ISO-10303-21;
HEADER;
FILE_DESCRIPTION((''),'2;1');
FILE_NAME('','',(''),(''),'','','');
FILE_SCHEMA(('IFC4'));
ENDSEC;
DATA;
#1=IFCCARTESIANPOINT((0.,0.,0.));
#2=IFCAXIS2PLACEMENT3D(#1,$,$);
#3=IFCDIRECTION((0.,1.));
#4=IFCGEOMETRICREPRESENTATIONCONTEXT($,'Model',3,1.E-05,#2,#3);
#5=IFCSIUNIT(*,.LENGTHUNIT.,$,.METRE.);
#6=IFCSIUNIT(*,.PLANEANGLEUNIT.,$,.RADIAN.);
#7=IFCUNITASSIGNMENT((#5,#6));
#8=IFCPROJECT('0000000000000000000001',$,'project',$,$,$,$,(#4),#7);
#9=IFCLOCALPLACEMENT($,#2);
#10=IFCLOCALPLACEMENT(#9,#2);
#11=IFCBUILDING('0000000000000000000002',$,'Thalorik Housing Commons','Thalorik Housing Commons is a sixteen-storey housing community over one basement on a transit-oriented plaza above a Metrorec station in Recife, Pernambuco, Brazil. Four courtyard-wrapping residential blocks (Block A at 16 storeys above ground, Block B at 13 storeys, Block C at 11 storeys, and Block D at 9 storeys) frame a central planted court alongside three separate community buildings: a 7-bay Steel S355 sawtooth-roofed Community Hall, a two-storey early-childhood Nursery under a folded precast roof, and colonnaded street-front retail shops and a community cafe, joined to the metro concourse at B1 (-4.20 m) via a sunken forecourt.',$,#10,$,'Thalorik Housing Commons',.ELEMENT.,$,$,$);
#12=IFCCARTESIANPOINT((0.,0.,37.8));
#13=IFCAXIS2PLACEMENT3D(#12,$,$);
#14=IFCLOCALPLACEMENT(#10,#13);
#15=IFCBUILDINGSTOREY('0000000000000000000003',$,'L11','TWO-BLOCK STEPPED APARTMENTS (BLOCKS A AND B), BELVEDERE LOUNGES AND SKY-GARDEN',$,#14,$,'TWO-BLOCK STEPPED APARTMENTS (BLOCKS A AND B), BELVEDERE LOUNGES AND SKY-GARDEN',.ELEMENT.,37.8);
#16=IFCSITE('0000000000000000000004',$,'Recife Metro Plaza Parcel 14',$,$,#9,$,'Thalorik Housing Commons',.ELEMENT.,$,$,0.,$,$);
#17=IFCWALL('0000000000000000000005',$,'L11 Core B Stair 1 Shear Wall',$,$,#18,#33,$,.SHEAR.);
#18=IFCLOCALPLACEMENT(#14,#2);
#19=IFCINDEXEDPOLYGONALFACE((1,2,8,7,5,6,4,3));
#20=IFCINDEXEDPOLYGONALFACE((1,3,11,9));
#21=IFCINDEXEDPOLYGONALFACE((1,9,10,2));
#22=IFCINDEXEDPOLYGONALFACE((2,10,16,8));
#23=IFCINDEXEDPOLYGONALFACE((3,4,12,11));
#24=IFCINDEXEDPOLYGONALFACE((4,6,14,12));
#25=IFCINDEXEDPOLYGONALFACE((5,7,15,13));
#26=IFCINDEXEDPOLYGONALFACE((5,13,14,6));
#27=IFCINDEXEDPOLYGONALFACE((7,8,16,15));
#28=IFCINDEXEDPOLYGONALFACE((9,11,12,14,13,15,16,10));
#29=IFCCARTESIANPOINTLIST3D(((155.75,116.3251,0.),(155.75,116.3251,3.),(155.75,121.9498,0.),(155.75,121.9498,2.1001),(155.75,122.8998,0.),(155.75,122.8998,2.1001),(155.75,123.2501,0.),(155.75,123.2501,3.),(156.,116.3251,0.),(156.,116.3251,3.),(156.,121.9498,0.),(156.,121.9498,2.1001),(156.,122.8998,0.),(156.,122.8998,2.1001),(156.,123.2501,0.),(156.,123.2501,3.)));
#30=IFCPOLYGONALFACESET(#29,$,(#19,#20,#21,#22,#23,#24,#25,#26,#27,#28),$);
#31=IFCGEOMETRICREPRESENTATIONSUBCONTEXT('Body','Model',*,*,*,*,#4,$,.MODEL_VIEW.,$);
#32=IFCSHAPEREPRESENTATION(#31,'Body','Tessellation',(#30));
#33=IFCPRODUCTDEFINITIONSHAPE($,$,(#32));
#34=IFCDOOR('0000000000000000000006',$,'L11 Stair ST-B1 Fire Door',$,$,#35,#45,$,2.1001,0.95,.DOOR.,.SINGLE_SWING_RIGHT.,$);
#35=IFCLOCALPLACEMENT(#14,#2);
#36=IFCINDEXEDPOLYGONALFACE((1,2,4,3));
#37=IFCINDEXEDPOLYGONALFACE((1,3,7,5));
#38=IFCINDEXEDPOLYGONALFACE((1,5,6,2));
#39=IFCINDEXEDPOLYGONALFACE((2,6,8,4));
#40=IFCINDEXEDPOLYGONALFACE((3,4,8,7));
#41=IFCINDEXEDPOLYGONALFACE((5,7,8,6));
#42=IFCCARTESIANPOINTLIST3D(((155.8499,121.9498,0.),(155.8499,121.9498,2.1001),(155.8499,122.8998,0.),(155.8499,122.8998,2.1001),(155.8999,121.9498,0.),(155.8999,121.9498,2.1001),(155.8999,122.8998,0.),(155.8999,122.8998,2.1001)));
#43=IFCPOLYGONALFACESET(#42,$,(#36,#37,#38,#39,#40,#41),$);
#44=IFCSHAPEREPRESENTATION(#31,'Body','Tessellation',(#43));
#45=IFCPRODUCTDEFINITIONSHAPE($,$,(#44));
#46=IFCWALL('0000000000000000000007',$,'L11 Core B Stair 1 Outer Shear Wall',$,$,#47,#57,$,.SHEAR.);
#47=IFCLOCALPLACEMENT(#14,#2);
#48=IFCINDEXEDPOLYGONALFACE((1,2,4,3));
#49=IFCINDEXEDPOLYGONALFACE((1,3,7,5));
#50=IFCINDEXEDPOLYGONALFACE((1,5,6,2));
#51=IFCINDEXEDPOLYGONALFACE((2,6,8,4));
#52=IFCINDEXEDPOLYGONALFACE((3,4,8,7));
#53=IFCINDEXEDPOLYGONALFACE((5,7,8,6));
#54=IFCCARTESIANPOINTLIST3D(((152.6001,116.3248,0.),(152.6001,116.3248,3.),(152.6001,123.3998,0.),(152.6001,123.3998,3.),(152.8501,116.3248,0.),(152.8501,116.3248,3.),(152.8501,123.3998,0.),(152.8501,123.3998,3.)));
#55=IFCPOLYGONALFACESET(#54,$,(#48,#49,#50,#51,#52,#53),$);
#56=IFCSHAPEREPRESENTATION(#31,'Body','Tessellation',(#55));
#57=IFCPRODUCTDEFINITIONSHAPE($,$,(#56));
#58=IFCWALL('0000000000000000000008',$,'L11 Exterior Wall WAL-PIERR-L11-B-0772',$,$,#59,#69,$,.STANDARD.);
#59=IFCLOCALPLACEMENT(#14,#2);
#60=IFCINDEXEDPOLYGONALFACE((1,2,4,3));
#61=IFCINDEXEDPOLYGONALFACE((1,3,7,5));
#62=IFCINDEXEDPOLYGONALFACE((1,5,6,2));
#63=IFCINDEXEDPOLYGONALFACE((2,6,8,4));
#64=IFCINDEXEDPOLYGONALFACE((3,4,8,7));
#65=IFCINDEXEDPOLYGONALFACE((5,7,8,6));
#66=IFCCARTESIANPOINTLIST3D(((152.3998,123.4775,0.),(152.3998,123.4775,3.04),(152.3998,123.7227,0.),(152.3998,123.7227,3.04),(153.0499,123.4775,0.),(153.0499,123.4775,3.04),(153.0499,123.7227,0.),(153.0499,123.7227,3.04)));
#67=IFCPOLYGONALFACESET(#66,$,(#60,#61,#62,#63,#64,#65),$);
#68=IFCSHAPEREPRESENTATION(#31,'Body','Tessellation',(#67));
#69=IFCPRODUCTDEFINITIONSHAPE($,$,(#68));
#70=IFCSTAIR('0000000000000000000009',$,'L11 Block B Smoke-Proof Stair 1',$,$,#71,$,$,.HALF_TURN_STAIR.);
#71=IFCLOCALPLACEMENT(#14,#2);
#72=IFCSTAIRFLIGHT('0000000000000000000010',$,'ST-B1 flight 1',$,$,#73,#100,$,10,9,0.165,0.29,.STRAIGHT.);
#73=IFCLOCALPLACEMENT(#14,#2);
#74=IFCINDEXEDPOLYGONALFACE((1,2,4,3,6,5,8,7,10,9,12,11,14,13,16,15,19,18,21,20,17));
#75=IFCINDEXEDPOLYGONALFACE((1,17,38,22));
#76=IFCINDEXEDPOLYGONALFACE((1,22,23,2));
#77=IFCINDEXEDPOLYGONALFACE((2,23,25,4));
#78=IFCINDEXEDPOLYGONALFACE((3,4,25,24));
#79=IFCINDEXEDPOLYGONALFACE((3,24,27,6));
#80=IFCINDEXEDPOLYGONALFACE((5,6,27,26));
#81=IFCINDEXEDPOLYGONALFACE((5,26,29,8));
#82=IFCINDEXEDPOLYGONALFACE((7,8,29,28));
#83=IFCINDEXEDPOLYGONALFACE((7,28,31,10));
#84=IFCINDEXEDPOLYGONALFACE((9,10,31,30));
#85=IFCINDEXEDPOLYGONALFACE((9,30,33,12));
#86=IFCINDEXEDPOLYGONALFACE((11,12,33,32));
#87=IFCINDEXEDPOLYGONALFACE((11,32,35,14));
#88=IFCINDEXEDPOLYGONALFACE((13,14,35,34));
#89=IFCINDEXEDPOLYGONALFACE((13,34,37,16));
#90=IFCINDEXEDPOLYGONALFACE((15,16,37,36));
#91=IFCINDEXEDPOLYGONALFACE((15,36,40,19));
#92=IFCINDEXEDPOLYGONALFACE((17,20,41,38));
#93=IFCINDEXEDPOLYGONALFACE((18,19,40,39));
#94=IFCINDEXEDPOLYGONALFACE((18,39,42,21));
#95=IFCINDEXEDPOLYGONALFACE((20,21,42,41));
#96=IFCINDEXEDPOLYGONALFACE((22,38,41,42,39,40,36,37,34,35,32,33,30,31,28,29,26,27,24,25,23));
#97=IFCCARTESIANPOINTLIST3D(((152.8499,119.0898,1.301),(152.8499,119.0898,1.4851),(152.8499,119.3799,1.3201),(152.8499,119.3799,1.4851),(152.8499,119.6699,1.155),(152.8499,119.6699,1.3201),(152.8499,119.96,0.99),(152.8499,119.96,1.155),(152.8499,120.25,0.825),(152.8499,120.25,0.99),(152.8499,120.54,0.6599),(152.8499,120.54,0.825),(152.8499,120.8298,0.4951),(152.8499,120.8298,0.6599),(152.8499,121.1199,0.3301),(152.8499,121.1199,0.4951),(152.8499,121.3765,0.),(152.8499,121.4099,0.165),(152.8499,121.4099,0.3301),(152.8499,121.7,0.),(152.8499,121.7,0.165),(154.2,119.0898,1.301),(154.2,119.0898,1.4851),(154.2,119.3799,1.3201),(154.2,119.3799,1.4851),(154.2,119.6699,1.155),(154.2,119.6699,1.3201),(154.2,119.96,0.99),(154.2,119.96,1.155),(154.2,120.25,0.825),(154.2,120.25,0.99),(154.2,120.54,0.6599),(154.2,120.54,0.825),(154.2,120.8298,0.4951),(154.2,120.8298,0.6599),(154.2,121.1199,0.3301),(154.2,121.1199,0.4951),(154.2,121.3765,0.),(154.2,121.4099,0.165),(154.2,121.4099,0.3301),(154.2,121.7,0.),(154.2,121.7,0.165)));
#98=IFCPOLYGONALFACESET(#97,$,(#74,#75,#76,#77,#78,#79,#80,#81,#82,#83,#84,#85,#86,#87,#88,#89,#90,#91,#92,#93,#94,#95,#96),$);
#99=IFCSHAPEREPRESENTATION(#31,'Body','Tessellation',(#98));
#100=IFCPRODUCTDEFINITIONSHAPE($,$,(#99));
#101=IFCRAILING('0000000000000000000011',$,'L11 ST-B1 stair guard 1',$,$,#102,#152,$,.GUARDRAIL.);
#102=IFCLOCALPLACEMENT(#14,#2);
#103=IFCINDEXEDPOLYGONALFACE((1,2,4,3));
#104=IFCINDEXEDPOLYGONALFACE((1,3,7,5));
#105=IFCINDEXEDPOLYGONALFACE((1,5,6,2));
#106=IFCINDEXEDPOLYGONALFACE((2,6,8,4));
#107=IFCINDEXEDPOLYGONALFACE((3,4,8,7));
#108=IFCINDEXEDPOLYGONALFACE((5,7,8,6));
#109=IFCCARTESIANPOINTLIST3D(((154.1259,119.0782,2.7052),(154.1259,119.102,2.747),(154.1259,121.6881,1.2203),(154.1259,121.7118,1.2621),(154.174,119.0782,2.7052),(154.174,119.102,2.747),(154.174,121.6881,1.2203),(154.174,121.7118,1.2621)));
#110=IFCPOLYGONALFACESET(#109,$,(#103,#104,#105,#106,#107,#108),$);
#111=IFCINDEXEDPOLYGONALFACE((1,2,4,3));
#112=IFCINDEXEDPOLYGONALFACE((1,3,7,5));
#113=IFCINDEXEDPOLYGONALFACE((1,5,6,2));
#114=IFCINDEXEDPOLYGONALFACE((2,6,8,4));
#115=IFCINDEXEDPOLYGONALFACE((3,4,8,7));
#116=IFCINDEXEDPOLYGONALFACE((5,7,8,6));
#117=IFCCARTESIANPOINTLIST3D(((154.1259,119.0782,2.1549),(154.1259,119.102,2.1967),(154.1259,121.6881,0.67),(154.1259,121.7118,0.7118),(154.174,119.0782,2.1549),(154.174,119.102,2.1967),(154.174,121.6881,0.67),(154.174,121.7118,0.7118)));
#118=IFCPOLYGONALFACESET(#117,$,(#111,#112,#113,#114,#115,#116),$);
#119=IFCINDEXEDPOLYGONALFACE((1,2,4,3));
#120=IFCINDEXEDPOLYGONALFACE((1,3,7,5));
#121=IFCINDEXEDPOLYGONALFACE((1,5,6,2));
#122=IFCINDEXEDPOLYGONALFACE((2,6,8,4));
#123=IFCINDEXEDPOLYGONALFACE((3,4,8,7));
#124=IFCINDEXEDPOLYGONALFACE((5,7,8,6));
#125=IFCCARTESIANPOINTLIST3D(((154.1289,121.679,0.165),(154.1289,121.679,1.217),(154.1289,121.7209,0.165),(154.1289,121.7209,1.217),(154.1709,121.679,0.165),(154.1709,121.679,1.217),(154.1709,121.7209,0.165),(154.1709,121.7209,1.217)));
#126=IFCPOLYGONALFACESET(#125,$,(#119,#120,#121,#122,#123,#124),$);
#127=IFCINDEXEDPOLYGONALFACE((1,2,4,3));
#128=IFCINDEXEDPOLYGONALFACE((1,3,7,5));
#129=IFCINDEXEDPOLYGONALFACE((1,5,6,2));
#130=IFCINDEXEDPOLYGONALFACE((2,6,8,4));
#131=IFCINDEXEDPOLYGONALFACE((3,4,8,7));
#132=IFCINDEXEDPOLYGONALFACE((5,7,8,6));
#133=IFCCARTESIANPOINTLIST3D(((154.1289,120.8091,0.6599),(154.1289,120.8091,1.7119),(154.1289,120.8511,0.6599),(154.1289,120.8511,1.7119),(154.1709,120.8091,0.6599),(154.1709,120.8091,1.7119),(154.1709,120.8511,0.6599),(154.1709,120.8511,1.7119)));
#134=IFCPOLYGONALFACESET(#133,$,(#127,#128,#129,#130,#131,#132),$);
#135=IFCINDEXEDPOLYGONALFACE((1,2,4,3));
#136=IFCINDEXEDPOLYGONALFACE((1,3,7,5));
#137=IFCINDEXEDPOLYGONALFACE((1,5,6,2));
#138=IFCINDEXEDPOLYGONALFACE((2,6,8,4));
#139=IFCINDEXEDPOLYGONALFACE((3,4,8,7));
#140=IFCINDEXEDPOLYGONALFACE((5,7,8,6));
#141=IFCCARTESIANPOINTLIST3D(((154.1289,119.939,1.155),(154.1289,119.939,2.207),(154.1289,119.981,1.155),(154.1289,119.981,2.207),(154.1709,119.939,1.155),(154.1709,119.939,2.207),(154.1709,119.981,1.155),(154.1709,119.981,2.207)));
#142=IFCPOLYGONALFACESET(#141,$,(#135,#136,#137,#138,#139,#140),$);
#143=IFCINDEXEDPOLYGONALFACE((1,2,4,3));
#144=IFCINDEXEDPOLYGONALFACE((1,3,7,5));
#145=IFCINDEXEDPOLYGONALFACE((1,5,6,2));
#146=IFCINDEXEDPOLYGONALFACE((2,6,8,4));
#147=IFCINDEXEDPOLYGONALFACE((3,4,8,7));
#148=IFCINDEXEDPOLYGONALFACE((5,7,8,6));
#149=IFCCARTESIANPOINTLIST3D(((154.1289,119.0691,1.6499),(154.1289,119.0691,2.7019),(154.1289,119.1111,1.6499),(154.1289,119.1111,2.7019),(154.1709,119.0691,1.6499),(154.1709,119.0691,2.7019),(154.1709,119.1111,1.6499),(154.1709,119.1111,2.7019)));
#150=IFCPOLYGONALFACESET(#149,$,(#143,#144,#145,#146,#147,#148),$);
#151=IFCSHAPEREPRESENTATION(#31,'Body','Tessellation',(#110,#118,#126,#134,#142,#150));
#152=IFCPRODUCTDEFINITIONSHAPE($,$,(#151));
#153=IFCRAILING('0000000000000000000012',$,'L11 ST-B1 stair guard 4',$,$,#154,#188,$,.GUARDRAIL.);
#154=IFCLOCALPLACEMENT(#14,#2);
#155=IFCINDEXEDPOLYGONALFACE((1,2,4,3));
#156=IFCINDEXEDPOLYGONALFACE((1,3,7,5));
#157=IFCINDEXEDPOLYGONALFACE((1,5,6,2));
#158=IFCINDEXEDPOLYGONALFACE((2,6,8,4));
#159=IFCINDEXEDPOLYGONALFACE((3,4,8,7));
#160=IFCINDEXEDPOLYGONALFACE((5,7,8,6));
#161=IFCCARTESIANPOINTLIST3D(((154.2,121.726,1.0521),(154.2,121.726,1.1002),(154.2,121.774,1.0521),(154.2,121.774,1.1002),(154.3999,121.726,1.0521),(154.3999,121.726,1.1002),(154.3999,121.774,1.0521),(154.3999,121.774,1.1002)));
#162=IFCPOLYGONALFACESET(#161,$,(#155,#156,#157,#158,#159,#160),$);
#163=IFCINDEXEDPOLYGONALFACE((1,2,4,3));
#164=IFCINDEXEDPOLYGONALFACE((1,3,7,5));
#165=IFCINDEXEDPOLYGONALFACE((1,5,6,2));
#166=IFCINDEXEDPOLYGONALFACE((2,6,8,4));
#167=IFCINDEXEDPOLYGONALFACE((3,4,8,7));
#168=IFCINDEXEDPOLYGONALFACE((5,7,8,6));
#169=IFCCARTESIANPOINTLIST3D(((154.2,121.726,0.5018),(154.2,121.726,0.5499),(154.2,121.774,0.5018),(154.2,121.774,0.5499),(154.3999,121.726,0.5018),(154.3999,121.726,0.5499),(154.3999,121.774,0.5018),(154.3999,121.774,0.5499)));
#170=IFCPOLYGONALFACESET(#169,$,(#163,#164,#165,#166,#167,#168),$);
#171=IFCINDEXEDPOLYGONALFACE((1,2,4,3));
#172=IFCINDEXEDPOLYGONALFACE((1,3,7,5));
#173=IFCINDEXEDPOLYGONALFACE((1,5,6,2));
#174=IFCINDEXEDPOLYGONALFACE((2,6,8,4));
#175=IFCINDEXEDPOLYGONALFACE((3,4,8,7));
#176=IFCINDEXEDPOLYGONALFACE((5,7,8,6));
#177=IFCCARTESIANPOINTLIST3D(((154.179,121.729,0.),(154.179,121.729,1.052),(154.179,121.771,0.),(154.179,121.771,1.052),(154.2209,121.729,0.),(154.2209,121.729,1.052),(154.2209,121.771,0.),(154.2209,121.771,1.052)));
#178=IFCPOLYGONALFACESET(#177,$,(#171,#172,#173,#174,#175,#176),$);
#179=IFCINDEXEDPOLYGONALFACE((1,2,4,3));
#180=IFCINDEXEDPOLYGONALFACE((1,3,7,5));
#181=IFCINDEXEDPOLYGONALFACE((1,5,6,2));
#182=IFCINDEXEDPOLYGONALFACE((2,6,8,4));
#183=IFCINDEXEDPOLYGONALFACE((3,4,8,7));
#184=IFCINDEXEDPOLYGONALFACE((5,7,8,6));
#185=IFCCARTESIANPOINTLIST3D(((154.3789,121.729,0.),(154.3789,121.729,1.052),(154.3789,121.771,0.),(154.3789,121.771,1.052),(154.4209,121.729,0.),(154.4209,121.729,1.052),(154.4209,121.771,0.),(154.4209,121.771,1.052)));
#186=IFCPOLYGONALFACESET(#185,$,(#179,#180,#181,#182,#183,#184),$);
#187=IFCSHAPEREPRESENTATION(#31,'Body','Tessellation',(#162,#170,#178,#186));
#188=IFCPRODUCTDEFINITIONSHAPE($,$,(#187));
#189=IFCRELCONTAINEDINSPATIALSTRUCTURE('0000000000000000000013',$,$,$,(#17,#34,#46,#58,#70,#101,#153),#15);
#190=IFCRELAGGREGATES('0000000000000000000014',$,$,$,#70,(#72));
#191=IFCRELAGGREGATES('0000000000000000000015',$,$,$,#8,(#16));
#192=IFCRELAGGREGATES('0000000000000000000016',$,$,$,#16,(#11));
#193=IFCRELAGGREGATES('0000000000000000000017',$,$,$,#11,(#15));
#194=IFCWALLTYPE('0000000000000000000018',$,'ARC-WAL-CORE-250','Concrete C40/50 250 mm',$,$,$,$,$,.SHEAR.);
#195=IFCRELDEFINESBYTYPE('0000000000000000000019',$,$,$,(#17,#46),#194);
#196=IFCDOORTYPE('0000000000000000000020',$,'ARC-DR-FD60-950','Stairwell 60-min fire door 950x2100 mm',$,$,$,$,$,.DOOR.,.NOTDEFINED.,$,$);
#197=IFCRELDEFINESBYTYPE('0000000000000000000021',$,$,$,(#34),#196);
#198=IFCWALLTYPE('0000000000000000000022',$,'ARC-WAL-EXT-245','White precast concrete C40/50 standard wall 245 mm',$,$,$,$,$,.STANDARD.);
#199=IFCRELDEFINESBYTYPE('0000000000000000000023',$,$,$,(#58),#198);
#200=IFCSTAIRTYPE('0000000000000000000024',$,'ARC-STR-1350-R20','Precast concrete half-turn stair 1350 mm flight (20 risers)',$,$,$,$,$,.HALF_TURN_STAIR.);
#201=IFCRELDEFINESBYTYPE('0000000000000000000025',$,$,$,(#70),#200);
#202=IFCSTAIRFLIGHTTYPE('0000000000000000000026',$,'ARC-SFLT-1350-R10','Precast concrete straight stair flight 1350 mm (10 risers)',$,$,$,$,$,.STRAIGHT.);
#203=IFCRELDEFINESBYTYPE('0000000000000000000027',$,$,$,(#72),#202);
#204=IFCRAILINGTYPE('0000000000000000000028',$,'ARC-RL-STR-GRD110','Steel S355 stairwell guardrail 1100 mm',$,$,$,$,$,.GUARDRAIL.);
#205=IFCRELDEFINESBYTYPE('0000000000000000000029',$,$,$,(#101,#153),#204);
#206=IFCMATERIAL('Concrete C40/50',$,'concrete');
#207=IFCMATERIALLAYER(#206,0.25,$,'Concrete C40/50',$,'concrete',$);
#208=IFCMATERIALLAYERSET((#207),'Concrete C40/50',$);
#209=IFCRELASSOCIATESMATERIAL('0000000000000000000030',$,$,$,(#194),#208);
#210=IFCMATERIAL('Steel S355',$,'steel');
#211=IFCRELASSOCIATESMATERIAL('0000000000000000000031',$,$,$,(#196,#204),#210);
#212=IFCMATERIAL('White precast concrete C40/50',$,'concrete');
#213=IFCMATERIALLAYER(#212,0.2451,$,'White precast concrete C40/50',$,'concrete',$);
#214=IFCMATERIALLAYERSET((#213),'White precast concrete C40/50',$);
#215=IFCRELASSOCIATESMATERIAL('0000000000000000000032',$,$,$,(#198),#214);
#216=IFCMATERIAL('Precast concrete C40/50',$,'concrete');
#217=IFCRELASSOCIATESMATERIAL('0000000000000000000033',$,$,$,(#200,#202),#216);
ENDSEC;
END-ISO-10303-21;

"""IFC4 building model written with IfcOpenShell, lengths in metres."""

from ifc_helpers import new_model, si_unit, direction, frame, frame_2d, origin, origin_2d, place, context, subcontext, project, spatial, polyline, rectangle, outline, extrude, material, layer, layer_set, type_object, element, fill, aggregate, save


model = new_model("IFC4")

# Units and contexts
model_context = context("Model", 3, precision=1e-05, world=origin(), true_north=direction((0.0, 1.0)))
body_context = subcontext(model_context, "Body", "Model", "MODEL_VIEW")
ifc_project = project(units=[si_unit("LENGTHUNIT", "METRE"), si_unit("PLANEANGLEUNIT", "RADIAN")], contexts=[model_context])

# Site, building, storey
site_placement = place(None, origin())
site = spatial("IfcSite", under=ifc_project, at=site_placement, Name="Recife Metro Plaza Parcel 14", LongName="Thalorik Housing Commons", CompositionType="ELEMENT", RefElevation=0.0)
building_placement = place(site_placement, origin())
building = spatial("IfcBuilding", under=site, at=building_placement, Name="Thalorik Housing Commons", Description="Thalorik Housing Commons is a sixteen-storey housing community over one basement on a transit-oriented plaza above a Metrorec station in Recife, Pernambuco, Brazil. Four courtyard-wrapping residential blocks (Block A at 16 storeys above ground, Block B at 13 storeys, Block C at 11 storeys, and Block D at 9 storeys) frame a central planted court alongside three separate community buildings: a 7-bay Steel S355 sawtooth-roofed Community Hall, a two-storey early-childhood Nursery under a folded precast roof, and colonnaded street-front retail shops and a community cafe, joined to the metro concourse at B1 (-4.20 m) via a sunken forecourt.", LongName="Thalorik Housing Commons", CompositionType="ELEMENT")
storey_placement = place(building_placement, frame((0.0, 0.0, 37.8)))
storey = spatial("IfcBuildingStorey", under=building, at=storey_placement, Name="L11", Description="TWO-BLOCK STEPPED APARTMENTS (BLOCKS A AND B), BELVEDERE LOUNGES AND SKY-GARDEN", LongName="TWO-BLOCK STEPPED APARTMENTS (BLOCKS A AND B), BELVEDERE LOUNGES AND SKY-GARDEN", CompositionType="ELEMENT", Elevation=37.8)

# Shared definitions
ifc_material_1 = material(Name="Precast concrete C40/50", Category="concrete")

# Wall, opening, door
ifc_material_2 = material(Name="Concrete C40/50", Category="concrete")
ifc_layer_1 = layer(ifc_material_2, 0.25, Name="Concrete C40/50", Category="concrete")
ifc_layer_set_1 = layer_set([ifc_layer_1], Name="Concrete C40/50")
wall_type_1 = type_object("IfcWallType", Name="ARC-WAL-CORE-250", Description="Concrete C40/50 250 mm", PredefinedType="SHEAR", material=ifc_layer_set_1)
wall_1_placement = place(storey_placement, frame((155.875, 123.25, 0.0), z_axis=(0.0, 0.0, 1.0), x_axis=(0.0, -1.0, 0.0)))
wall_1 = element("IfcWall", 1, at=wall_1_placement, inside=storey, type_object=wall_type_1, Name="L11 Core B Stair 1 Shear Wall", PredefinedType="SHEAR", context=body_context, shape_type="SweptSolid", body=[
    extrude(rectangle(XDim=6.925, YDim=0.25, at=frame_2d((3.4624, 0.0))), origin(), (0.0, 0.0, 1.0), 3.0),
])
opening_1_placement = place(wall_1_placement, frame((0.3501, 0.0, 0.0)))
opening_1 = element("IfcOpeningElement", 2, at=opening_1_placement, cuts=wall_1, PredefinedType="OPENING", context=body_context, shape_type="SweptSolid", body=[
    extrude(rectangle(XDim=0.95, YDim=2.1001, at=frame_2d((0.4751, 1.05))), frame((0.0, 0.135, 0.0), z_axis=(0.0, -1.0, 0.0), x_axis=(1.0, 0.0, 0.0)), (0.0, 0.0, 1.0), 0.27),
])
ifc_material_3 = material(Name="Steel S355", Category="steel")
door_type_1 = type_object("IfcDoorType", Name="ARC-DR-FD60-950", Description="Stairwell 60-min fire door 950x2100 mm", OperationType="NOTDEFINED", PredefinedType="DOOR", material=ifc_material_3)
door_1_placement = place(opening_1_placement, origin())
door_1 = element("IfcDoor", 3, at=door_1_placement, inside=storey, type_object=door_type_1, Name="L11 Stair ST-B1 Fire Door", OperationType="SINGLE_SWING_RIGHT", OverallHeight=2.1001, OverallWidth=0.95, PredefinedType="DOOR", context=body_context, shape_type="SweptSolid", body=[
    extrude(rectangle(XDim=0.95, YDim=2.1001, at=frame_2d((0.4751, 1.05))), frame((0.0, 0.0249, 0.0), z_axis=(0.0, -1.0, 0.0), x_axis=(1.0, 0.0, 0.0)), (0.0, 0.0, 1.0), 0.05),
])
fill(opening_1, door_1)

# Walls
wall_2_placement = place(storey_placement, frame((152.7251, 123.3999, 0.0), z_axis=(0.0, 0.0, 1.0), x_axis=(0.0, -1.0, 0.0)))
element("IfcWall", 4, at=wall_2_placement, inside=storey, type_object=wall_type_1, Name="L11 Core B Stair 1 Outer Shear Wall", PredefinedType="SHEAR", context=body_context, shape_type="SweptSolid", body=[
    extrude(rectangle(XDim=7.075, YDim=0.25, at=frame_2d((3.5376, 0.0))), origin(), (0.0, 0.0, 1.0), 3.0),
])
ifc_material_4 = material(Name="White precast concrete C40/50", Category="concrete")
ifc_layer_2 = layer(ifc_material_4, 0.2451, Name="White precast concrete C40/50", Category="concrete")
ifc_layer_set_2 = layer_set([ifc_layer_2], Name="White precast concrete C40/50")
wall_type_2 = type_object("IfcWallType", Name="ARC-WAL-EXT-245", Description="White precast concrete C40/50 standard wall 245 mm", PredefinedType="STANDARD", material=ifc_layer_set_2)
wall_3_placement = place(storey_placement, frame((153.05, 123.6001, 0.0), z_axis=(0.0, 0.0, 1.0), x_axis=(-1.0, 0.0, 0.0)))
element("IfcWall", 5, at=wall_3_placement, inside=storey, type_object=wall_type_2, Name="L11 Exterior Wall WAL-PIERR-L11-B-0772", PredefinedType="STANDARD", context=body_context, shape_type="SweptSolid", body=[
    extrude(rectangle(XDim=0.6501, YDim=0.2451, at=frame_2d((0.3252, 0.0))), origin(), (0.0, 0.0, 1.0), 3.04),
])

# Stair, stair flight
stair_type = type_object("IfcStairType", Name="ARC-STR-1350-R20", Description="Precast concrete half-turn stair 1350 mm flight (20 risers)", PredefinedType="HALF_TURN_STAIR", material=ifc_material_1)
stair_placement = place(storey_placement, origin())
stair = element("IfcStair", 6, at=stair_placement, inside=storey, type_object=stair_type, Name="L11 Block B Smoke-Proof Stair 1", PredefinedType="HALF_TURN_STAIR")
stair_flight_type = type_object("IfcStairFlightType", Name="ARC-SFLT-1350-R10", Description="Precast concrete straight stair flight 1350 mm (10 risers)", PredefinedType="STRAIGHT", material=ifc_material_1)
stair_flight_placement = place(storey_placement, frame((153.5249, 121.7, 0.0), z_axis=(0.0, 0.0, 1.0), x_axis=(0.0, -1.0, 0.0)))
stair_flight = element("IfcStairFlight", 7, at=stair_flight_placement, type_object=stair_flight_type, Name="ST-B1 flight 1", NumberOfRisers=10, NumberOfTreads=9, PredefinedType="STRAIGHT", RiserHeight=0.165, TreadLength=0.29, context=body_context, shape_type="SweptSolid", body=[
    extrude(outline(polyline([(0.0, 0.0), (0.0, 0.165), (0.29, 0.165), (0.29, 0.3301), (0.5801, 0.3301), (0.5801, 0.4951), (0.8701, 0.4951), (0.8701, 0.6599), (1.1599, 0.6599), (1.1599, 0.825), (1.45, 0.825), (1.45, 0.99), (1.74, 0.99), (1.74, 1.155), (2.03, 1.155), (2.03, 1.3201), (2.3201, 1.3201), (2.3201, 1.4851), (2.6101, 1.4851), (2.6101, 1.6499), (2.6101, 1.301), (0.3235, 0.0), (0.0, 0.0)])), frame((0.0, 0.675, 0.0), z_axis=(0.0, -1.0, 0.0), x_axis=(1.0, 0.0, 0.0)), (0.0, 0.0, 1.0), 1.3501),
])
aggregate(stair, [stair_flight])

# Railings
railing_type_1 = type_object("IfcRailingType", Name="ARC-RL-STR-GRD110", Description="Steel S355 stairwell guardrail 1100 mm", PredefinedType="GUARDRAIL", material=ifc_material_3)
railing_1_placement = place(storey_placement, frame((154.1499, 121.7, 0.165)))
element("IfcRailing", 8, at=railing_1_placement, inside=storey, type_object=railing_type_1, Name="L11 ST-B1 stair guard 1", PredefinedType="GUARDRAIL", context=body_context, shape_type="SweptSolid", body=[
    extrude(rectangle(XDim=0.0481, YDim=0.0481, at=origin_2d()), frame((0.0, 0.0, 1.0762), z_axis=(0.0, -0.869172, 0.494509), x_axis=(1.0, 0.0, 0.0)), (0.0, 0.0, 1.0), 3.0027),
    extrude(rectangle(XDim=0.0481, YDim=0.0481, at=origin_2d()), frame((0.0, 0.0, 0.5259), z_axis=(0.0, -0.869172, 0.494509), x_axis=(1.0, 0.0, 0.0)), (0.0, 0.0, 1.0), 3.0027),
    extrude(rectangle(XDim=0.042, YDim=0.042, at=origin_2d()), origin(), (0.0, 0.0, 1.0), 1.052),
    extrude(rectangle(XDim=0.042, YDim=0.042, at=origin_2d()), frame((0.0, -0.8699, 0.4949)), (0.0, 0.0, 1.0), 1.052),
    extrude(rectangle(XDim=0.042, YDim=0.042, at=origin_2d()), frame((0.0, -1.74, 0.99)), (0.0, 0.0, 1.0), 1.052),
    extrude(rectangle(XDim=0.042, YDim=0.042, at=origin_2d()), frame((0.0, -2.6099, 1.4849)), (0.0, 0.0, 1.0), 1.052),
])
railing_2_placement = place(storey_placement, frame((154.2, 121.75, 0.0)))
element("IfcRailing", 9, at=railing_2_placement, inside=storey, type_object=railing_type_1, Name="L11 ST-B1 stair guard 4", PredefinedType="GUARDRAIL", context=body_context, shape_type="SweptSolid", body=[
    extrude(rectangle(XDim=0.0481, YDim=0.0481, at=origin_2d()), frame((0.0, 0.0, 1.0762), z_axis=(1.0, 0.0, 0.0), x_axis=(0.0, 1.0, 0.0)), (0.0, 0.0, 1.0), 0.2),
    extrude(rectangle(XDim=0.0481, YDim=0.0481, at=origin_2d()), frame((0.0, 0.0, 0.5259), z_axis=(1.0, 0.0, 0.0), x_axis=(0.0, 1.0, 0.0)), (0.0, 0.0, 1.0), 0.2),
    extrude(rectangle(XDim=0.042, YDim=0.042, at=origin_2d()), origin(), (0.0, 0.0, 1.0), 1.052),
    extrude(rectangle(XDim=0.042, YDim=0.042, at=origin_2d()), frame((0.2, 0.0, 0.0)), (0.0, 0.0, 1.0), 1.052),
])

save(model, "model.ifc")
